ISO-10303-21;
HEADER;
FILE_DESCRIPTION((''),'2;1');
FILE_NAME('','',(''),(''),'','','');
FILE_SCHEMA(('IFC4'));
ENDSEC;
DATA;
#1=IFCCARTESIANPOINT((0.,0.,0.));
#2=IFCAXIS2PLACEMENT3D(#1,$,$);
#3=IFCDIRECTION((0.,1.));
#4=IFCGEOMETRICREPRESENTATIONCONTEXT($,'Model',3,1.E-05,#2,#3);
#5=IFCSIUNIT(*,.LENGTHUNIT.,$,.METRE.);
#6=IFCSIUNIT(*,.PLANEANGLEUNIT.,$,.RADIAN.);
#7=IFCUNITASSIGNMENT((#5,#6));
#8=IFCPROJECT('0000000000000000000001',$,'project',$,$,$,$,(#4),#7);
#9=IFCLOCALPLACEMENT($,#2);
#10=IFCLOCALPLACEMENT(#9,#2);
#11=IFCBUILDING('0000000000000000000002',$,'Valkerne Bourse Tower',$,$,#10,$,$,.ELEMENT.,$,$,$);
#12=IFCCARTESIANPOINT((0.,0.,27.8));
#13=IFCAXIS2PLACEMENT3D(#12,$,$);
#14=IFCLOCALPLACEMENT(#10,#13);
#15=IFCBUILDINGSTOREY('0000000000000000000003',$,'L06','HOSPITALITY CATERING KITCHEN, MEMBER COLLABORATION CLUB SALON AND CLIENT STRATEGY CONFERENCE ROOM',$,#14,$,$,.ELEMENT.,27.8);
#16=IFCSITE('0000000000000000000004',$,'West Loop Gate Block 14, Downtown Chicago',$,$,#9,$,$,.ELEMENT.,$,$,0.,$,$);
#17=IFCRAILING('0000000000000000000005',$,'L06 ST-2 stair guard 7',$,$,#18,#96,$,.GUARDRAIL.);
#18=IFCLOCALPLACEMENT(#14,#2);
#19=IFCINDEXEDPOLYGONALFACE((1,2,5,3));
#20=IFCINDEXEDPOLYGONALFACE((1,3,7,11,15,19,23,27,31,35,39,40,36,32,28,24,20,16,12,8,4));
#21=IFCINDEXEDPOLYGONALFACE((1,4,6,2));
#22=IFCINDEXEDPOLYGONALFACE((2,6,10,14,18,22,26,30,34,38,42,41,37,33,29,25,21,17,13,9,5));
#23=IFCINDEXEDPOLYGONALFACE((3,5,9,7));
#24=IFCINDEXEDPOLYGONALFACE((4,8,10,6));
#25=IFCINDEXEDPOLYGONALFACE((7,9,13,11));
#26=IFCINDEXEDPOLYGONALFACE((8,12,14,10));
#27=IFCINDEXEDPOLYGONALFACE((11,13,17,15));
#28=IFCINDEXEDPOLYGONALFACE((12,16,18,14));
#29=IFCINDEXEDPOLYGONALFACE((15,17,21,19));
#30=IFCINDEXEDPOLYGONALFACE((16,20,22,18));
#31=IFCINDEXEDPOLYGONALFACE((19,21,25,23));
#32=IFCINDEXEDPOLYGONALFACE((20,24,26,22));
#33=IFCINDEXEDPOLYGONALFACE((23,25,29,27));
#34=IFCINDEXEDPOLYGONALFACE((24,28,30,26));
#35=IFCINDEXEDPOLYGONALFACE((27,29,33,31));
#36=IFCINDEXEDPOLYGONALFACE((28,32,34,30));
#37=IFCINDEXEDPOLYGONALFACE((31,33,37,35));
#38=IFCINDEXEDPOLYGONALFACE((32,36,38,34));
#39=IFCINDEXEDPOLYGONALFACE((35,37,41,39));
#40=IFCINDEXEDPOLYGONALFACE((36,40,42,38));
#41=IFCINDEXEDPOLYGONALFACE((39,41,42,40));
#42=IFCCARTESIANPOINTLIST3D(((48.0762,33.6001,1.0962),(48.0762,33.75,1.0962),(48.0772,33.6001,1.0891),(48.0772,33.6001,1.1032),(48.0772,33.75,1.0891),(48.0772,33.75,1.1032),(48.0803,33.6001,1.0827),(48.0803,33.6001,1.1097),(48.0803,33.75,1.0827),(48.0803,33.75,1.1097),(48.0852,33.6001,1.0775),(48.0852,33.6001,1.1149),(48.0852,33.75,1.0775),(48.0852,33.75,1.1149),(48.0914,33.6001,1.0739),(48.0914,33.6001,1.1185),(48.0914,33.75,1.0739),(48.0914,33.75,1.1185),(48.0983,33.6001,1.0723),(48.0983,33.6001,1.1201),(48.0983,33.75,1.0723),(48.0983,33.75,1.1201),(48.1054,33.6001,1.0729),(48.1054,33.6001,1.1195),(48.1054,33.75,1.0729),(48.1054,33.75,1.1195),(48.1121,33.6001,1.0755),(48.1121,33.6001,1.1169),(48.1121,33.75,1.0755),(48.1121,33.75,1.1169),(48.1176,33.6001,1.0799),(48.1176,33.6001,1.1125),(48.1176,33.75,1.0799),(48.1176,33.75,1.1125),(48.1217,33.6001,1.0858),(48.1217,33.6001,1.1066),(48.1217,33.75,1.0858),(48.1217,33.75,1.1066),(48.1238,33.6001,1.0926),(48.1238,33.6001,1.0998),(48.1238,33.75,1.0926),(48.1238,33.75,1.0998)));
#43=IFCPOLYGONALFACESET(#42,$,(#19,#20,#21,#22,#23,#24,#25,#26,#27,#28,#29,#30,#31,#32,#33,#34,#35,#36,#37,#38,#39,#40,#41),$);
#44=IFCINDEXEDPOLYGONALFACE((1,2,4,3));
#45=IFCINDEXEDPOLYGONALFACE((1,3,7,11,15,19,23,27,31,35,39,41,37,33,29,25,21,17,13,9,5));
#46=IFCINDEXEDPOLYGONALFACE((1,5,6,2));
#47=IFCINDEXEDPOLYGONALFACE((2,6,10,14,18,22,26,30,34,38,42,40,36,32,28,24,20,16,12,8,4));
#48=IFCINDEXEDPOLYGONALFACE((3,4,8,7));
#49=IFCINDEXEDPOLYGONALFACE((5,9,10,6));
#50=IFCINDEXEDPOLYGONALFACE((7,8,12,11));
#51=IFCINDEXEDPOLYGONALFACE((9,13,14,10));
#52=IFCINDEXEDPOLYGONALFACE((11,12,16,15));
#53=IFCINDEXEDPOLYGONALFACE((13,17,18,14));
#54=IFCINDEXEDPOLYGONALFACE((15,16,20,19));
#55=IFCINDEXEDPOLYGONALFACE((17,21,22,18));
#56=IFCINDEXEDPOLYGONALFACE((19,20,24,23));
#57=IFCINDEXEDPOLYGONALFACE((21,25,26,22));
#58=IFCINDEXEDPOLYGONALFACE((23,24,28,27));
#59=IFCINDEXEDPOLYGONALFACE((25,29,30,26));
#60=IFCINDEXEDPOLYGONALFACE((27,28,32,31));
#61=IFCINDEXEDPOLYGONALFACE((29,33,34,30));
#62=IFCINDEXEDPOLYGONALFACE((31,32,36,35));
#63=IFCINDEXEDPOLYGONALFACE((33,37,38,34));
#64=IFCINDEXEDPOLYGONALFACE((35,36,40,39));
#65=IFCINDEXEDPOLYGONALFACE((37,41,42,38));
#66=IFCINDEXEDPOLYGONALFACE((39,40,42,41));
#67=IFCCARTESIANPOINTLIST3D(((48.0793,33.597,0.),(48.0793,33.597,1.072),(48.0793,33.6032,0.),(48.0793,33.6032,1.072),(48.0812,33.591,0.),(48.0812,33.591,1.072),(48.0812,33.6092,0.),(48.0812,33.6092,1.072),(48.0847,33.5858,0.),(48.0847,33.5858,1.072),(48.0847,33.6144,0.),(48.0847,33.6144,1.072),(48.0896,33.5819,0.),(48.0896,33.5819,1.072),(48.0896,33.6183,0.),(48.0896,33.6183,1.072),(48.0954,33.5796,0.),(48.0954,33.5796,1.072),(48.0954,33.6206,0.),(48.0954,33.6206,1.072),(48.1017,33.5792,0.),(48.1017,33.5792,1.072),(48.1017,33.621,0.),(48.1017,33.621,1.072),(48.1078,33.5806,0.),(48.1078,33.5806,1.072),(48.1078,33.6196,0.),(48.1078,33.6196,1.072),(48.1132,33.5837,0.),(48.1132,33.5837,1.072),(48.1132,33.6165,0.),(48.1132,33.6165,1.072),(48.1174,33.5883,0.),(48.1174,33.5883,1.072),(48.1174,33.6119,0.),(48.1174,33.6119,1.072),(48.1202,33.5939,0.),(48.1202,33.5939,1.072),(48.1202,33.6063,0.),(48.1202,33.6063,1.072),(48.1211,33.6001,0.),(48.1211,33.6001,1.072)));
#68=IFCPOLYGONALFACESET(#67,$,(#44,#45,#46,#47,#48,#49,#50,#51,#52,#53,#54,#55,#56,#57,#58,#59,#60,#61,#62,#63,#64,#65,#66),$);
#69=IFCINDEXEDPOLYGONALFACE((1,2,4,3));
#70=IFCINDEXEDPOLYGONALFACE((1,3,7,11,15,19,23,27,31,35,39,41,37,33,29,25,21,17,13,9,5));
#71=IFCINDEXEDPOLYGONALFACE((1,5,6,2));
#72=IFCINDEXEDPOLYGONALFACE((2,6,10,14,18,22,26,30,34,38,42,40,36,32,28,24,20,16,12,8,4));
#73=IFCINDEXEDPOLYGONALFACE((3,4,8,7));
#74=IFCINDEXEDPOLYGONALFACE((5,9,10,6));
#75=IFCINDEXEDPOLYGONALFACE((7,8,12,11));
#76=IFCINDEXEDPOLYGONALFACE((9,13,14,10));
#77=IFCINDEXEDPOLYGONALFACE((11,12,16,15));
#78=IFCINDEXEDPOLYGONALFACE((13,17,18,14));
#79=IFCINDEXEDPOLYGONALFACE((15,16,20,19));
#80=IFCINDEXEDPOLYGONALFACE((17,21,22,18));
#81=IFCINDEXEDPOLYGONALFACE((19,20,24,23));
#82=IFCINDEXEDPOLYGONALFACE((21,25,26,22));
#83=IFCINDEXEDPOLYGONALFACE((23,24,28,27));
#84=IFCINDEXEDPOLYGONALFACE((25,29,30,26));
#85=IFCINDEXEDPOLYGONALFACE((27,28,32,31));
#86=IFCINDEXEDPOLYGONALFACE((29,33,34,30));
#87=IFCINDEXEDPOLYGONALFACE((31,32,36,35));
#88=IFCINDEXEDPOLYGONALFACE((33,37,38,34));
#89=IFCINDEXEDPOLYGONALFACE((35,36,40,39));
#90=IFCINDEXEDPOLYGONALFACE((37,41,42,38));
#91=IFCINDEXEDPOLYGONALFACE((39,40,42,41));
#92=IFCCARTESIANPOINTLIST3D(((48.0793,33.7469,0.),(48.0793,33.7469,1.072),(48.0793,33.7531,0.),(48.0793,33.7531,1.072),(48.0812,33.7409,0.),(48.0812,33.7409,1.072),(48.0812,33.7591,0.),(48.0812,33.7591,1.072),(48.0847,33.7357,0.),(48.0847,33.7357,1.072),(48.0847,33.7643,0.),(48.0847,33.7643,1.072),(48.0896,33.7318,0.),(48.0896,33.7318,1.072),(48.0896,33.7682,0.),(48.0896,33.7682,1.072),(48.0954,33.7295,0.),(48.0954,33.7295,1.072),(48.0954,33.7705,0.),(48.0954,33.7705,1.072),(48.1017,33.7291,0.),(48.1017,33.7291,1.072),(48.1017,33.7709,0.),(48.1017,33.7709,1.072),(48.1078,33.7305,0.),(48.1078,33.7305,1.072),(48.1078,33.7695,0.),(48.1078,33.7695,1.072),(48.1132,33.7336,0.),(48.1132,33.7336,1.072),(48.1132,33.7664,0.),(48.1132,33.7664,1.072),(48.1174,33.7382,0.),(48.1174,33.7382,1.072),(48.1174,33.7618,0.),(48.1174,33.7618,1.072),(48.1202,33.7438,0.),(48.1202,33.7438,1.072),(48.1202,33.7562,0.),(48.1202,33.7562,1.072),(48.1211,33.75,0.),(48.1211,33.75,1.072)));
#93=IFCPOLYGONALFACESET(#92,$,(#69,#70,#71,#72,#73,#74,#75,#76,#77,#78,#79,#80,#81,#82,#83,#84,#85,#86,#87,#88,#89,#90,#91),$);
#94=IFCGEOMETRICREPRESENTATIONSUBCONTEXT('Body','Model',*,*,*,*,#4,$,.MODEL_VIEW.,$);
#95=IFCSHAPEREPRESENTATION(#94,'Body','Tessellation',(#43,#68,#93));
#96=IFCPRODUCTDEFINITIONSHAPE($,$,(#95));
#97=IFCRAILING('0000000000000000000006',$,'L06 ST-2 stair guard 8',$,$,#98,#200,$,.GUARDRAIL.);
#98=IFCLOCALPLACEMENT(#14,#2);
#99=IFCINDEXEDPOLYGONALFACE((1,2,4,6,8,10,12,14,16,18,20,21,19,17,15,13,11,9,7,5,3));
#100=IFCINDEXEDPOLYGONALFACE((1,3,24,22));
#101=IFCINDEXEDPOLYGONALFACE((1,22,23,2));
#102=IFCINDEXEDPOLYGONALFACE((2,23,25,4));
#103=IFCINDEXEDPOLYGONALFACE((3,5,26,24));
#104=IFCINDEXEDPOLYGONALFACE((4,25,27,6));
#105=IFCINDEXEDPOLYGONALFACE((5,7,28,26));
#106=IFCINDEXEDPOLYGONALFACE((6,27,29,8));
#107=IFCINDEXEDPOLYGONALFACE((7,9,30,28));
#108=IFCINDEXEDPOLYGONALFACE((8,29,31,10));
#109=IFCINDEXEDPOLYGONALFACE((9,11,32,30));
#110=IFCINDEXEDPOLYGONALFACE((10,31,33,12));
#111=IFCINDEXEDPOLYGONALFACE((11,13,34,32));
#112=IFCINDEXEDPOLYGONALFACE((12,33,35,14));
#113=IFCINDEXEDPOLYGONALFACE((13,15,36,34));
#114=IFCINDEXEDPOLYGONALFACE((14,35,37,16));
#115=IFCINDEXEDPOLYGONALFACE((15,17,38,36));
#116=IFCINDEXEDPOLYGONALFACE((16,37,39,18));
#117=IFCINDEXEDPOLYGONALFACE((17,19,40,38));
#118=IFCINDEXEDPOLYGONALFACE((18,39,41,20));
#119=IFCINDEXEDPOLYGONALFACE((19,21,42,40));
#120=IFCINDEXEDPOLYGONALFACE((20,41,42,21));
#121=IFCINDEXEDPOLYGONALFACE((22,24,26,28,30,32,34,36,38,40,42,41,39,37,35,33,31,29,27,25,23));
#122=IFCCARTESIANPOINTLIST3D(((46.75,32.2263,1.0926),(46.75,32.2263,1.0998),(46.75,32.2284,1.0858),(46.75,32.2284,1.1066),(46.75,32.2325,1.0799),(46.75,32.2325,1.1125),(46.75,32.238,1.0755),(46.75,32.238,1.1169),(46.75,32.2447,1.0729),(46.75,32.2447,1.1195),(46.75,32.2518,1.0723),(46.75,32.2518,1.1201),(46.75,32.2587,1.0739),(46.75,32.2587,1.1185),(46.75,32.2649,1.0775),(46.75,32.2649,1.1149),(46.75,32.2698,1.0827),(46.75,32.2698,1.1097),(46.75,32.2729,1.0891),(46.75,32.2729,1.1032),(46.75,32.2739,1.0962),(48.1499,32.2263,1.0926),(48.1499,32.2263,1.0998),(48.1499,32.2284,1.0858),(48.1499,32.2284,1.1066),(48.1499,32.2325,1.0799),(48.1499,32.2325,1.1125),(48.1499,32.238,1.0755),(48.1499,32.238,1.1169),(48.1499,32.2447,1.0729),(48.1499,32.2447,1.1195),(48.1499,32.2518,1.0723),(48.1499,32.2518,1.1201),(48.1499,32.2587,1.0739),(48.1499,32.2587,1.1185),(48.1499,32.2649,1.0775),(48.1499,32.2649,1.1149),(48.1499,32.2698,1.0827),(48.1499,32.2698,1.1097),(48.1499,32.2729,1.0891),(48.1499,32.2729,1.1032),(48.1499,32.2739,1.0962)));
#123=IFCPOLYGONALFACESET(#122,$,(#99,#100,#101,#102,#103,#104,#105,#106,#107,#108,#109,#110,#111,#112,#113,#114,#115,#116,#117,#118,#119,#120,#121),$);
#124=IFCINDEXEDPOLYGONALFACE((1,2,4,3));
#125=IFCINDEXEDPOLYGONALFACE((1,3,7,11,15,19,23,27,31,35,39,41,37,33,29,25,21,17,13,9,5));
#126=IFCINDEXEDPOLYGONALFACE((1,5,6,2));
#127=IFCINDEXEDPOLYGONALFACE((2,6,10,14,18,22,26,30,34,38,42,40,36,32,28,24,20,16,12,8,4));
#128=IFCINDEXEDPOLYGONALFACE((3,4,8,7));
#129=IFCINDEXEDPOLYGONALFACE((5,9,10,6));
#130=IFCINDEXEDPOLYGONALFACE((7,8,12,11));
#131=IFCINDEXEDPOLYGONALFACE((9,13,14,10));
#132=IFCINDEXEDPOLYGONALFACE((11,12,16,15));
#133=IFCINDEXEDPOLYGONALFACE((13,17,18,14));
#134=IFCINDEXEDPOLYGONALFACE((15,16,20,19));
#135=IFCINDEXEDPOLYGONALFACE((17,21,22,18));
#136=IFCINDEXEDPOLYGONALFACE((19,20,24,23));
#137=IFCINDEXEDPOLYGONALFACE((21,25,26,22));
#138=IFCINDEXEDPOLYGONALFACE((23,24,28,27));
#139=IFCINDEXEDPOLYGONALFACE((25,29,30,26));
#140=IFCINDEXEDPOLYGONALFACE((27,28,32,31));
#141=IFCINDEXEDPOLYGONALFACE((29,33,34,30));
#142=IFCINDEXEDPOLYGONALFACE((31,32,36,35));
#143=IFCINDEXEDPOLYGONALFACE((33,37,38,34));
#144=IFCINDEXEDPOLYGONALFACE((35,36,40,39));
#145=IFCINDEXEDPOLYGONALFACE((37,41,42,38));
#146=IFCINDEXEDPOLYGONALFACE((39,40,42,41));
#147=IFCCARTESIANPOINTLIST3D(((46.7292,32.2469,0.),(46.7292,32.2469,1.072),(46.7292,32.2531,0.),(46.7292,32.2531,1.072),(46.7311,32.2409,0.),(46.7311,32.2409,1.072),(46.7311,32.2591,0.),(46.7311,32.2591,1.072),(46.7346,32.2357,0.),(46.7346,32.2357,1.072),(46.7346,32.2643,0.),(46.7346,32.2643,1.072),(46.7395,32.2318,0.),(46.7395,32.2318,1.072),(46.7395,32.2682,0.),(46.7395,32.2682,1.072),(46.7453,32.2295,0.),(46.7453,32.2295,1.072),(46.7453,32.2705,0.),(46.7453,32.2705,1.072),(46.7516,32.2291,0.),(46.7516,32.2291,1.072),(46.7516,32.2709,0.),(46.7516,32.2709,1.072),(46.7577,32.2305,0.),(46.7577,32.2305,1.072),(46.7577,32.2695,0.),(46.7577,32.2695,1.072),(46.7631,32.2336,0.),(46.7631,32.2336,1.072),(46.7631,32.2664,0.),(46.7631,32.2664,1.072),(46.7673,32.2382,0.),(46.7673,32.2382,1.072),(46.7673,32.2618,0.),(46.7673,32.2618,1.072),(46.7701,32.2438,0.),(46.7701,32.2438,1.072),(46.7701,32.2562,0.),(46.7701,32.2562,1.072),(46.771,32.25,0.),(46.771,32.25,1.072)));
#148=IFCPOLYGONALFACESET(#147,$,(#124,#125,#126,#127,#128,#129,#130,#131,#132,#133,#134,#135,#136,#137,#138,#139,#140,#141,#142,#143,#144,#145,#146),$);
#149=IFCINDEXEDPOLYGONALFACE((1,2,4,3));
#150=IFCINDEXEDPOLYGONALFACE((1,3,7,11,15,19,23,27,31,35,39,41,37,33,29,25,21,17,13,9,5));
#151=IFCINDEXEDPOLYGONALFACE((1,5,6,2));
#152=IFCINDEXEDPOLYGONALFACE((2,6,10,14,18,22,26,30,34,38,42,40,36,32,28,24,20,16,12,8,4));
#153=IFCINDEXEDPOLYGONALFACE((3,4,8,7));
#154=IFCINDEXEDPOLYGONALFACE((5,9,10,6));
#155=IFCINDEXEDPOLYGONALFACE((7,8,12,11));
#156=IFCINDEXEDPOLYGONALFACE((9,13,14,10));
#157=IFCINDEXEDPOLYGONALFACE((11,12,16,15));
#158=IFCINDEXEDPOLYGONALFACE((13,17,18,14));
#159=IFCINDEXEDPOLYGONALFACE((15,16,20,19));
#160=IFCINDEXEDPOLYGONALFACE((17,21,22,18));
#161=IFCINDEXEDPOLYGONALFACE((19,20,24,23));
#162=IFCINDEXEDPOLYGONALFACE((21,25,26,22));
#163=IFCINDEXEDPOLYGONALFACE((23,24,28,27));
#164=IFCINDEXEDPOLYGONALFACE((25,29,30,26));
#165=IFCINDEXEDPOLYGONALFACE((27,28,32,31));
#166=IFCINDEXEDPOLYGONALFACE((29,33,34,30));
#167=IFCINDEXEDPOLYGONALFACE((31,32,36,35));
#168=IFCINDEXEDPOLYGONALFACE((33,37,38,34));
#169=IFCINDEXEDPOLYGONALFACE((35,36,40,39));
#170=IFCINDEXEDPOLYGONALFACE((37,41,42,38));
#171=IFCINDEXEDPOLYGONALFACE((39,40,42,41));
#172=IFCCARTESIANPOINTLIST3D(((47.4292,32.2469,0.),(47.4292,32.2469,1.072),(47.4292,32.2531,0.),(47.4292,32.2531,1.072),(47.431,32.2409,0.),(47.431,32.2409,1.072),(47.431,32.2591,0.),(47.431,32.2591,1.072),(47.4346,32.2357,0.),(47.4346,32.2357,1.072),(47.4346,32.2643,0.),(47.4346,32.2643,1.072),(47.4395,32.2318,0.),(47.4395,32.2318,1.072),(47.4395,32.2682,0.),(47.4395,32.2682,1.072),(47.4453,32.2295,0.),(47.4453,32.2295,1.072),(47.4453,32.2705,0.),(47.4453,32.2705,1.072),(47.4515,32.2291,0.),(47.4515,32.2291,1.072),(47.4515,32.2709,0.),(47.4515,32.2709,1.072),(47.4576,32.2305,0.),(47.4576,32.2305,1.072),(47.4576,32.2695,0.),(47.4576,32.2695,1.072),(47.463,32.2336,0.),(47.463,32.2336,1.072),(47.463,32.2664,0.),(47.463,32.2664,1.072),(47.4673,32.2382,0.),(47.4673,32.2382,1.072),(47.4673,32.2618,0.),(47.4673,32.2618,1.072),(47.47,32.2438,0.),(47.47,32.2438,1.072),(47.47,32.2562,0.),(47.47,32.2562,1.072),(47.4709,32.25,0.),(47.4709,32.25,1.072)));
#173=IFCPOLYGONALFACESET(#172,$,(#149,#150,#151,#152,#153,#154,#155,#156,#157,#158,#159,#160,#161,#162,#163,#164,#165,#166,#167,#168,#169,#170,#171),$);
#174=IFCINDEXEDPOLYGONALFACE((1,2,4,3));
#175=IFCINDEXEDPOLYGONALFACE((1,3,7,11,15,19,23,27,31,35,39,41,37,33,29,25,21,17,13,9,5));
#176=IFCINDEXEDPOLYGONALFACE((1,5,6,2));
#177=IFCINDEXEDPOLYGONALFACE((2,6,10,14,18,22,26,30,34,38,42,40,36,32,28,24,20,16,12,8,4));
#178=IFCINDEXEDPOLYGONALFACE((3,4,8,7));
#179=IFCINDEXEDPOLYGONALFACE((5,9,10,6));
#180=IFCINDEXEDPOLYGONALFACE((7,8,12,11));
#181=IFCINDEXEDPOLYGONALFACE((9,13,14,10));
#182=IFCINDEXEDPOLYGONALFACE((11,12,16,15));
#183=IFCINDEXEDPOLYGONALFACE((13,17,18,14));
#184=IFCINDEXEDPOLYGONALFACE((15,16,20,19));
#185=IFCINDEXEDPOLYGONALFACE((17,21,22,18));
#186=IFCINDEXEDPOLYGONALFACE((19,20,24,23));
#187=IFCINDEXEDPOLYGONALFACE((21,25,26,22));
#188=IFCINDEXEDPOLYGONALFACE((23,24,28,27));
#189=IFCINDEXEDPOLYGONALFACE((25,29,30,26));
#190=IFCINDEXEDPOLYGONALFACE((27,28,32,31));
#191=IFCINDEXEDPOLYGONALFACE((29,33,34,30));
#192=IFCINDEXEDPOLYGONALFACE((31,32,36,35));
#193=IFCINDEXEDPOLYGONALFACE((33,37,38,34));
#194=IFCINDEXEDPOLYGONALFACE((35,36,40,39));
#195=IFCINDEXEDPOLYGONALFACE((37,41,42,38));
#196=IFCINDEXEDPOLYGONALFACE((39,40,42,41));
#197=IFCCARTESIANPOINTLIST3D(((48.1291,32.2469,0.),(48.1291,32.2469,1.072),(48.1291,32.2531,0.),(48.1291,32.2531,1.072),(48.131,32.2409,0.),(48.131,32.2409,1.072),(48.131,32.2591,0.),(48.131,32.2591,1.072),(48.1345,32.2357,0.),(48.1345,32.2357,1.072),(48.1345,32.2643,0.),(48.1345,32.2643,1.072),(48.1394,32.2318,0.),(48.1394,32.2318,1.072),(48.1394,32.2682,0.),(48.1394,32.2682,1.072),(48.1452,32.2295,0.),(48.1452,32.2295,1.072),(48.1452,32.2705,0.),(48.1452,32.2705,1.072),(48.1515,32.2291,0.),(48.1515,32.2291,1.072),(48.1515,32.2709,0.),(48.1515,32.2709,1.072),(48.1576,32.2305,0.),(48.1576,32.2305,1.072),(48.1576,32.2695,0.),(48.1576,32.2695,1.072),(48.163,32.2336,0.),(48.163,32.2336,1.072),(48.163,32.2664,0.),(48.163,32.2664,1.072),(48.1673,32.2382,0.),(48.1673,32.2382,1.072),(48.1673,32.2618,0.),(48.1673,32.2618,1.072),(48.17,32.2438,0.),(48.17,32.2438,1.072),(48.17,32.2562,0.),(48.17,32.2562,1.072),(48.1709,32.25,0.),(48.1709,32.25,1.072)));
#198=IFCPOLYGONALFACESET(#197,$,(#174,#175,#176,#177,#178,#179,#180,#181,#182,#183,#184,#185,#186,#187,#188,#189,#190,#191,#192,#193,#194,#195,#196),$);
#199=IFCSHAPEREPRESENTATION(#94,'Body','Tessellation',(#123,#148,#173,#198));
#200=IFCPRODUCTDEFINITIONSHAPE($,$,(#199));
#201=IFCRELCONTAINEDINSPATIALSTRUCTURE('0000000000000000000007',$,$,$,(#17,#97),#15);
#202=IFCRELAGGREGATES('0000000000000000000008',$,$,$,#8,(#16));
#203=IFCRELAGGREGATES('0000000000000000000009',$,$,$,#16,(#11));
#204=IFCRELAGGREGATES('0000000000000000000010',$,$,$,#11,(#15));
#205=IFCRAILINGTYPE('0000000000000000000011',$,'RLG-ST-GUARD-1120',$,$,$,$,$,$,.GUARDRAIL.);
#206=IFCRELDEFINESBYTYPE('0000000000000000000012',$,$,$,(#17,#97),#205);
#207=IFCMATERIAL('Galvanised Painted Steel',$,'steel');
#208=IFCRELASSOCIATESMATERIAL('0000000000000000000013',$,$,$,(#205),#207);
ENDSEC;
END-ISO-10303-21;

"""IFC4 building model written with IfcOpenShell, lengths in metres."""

from ifc_helpers import new_model, si_unit, direction, frame, origin, origin_2d, place, context, subcontext, project, spatial, circle, extrude, material, type_object, element, save


model = new_model("IFC4")

# Units and contexts
model_context = context("Model", 3, precision=1e-05, world=origin(), true_north=direction((0.0, 1.0)))
body_context = subcontext(model_context, "Body", "Model", "MODEL_VIEW")
ifc_project = project(units=[si_unit("LENGTHUNIT", "METRE"), si_unit("PLANEANGLEUNIT", "RADIAN")], contexts=[model_context])

# Site, building, storey
site_placement = place(None, origin())
site = spatial("IfcSite", under=ifc_project, at=site_placement, Name="West Loop Gate Block 14, Downtown Chicago", CompositionType="ELEMENT", RefElevation=0.0)
building_placement = place(site_placement, origin())
building = spatial("IfcBuilding", under=site, at=building_placement, Name="Valkerne Bourse Tower", CompositionType="ELEMENT")
storey_placement = place(building_placement, frame((0.0, 0.0, 27.8)))
storey = spatial("IfcBuildingStorey", under=building, at=storey_placement, Name="L06", Description="HOSPITALITY CATERING KITCHEN, MEMBER COLLABORATION CLUB SALON AND CLIENT STRATEGY CONFERENCE ROOM", CompositionType="ELEMENT", Elevation=27.8)

# Shared definitions
ifc_material_1 = material(Name="Galvanised Painted Steel", Category="steel")

# Railings
railing_type_1 = type_object("IfcRailingType", Name="RLG-ST-GUARD-1120", PredefinedType="GUARDRAIL", material=ifc_material_1)
railing_1_placement = place(storey_placement, frame((48.1001, 33.6001, 0.0)))
element("IfcRailing", 1, at=railing_1_placement, inside=storey, type_object=railing_type_1, Name="L06 ST-2 stair guard 7", PredefinedType="GUARDRAIL", context=body_context, shape_type="SweptSolid", body=[
    extrude(circle(Radius=0.0239, at=origin_2d()), frame((0.0, 0.0, 1.0962), z_axis=(0.0, 1.0, 0.0), x_axis=(-1.0, 0.0, 0.0)), (0.0, 0.0, 1.0), 0.1499),
    extrude(circle(Radius=0.021, at=origin_2d()), origin(), (0.0, 0.0, 1.0), 1.072),
    extrude(circle(Radius=0.021, at=origin_2d()), frame((0.0, 0.1499, 0.0)), (0.0, 0.0, 1.0), 1.072),
])
for number, where, name in (
    (2, (46.75, 32.25, 0.0), "L06 ST-2 stair guard 8"),
):
    element("IfcRailing", number, at=place(storey_placement, frame(where)), inside=storey, type_object=railing_type_1, Name=name, PredefinedType="GUARDRAIL", context=body_context, shape_type="SweptSolid", body=[
        extrude(circle(Radius=0.0239, at=origin_2d()), frame((0.0, 0.0, 1.0962), z_axis=(1.0, 0.0, 0.0), x_axis=(0.0, 1.0, 0.0)), (0.0, 0.0, 1.0), 1.3999),
        extrude(circle(Radius=0.021, at=origin_2d()), origin(), (0.0, 0.0, 1.0), 1.072),
        extrude(circle(Radius=0.021, at=origin_2d()), frame((0.7, 0.0, 0.0)), (0.0, 0.0, 1.0), 1.072),
        extrude(circle(Radius=0.021, at=origin_2d()), frame((1.3999, 0.0, 0.0)), (0.0, 0.0, 1.0), 1.072),
    ])

save(model, "model.ifc")
